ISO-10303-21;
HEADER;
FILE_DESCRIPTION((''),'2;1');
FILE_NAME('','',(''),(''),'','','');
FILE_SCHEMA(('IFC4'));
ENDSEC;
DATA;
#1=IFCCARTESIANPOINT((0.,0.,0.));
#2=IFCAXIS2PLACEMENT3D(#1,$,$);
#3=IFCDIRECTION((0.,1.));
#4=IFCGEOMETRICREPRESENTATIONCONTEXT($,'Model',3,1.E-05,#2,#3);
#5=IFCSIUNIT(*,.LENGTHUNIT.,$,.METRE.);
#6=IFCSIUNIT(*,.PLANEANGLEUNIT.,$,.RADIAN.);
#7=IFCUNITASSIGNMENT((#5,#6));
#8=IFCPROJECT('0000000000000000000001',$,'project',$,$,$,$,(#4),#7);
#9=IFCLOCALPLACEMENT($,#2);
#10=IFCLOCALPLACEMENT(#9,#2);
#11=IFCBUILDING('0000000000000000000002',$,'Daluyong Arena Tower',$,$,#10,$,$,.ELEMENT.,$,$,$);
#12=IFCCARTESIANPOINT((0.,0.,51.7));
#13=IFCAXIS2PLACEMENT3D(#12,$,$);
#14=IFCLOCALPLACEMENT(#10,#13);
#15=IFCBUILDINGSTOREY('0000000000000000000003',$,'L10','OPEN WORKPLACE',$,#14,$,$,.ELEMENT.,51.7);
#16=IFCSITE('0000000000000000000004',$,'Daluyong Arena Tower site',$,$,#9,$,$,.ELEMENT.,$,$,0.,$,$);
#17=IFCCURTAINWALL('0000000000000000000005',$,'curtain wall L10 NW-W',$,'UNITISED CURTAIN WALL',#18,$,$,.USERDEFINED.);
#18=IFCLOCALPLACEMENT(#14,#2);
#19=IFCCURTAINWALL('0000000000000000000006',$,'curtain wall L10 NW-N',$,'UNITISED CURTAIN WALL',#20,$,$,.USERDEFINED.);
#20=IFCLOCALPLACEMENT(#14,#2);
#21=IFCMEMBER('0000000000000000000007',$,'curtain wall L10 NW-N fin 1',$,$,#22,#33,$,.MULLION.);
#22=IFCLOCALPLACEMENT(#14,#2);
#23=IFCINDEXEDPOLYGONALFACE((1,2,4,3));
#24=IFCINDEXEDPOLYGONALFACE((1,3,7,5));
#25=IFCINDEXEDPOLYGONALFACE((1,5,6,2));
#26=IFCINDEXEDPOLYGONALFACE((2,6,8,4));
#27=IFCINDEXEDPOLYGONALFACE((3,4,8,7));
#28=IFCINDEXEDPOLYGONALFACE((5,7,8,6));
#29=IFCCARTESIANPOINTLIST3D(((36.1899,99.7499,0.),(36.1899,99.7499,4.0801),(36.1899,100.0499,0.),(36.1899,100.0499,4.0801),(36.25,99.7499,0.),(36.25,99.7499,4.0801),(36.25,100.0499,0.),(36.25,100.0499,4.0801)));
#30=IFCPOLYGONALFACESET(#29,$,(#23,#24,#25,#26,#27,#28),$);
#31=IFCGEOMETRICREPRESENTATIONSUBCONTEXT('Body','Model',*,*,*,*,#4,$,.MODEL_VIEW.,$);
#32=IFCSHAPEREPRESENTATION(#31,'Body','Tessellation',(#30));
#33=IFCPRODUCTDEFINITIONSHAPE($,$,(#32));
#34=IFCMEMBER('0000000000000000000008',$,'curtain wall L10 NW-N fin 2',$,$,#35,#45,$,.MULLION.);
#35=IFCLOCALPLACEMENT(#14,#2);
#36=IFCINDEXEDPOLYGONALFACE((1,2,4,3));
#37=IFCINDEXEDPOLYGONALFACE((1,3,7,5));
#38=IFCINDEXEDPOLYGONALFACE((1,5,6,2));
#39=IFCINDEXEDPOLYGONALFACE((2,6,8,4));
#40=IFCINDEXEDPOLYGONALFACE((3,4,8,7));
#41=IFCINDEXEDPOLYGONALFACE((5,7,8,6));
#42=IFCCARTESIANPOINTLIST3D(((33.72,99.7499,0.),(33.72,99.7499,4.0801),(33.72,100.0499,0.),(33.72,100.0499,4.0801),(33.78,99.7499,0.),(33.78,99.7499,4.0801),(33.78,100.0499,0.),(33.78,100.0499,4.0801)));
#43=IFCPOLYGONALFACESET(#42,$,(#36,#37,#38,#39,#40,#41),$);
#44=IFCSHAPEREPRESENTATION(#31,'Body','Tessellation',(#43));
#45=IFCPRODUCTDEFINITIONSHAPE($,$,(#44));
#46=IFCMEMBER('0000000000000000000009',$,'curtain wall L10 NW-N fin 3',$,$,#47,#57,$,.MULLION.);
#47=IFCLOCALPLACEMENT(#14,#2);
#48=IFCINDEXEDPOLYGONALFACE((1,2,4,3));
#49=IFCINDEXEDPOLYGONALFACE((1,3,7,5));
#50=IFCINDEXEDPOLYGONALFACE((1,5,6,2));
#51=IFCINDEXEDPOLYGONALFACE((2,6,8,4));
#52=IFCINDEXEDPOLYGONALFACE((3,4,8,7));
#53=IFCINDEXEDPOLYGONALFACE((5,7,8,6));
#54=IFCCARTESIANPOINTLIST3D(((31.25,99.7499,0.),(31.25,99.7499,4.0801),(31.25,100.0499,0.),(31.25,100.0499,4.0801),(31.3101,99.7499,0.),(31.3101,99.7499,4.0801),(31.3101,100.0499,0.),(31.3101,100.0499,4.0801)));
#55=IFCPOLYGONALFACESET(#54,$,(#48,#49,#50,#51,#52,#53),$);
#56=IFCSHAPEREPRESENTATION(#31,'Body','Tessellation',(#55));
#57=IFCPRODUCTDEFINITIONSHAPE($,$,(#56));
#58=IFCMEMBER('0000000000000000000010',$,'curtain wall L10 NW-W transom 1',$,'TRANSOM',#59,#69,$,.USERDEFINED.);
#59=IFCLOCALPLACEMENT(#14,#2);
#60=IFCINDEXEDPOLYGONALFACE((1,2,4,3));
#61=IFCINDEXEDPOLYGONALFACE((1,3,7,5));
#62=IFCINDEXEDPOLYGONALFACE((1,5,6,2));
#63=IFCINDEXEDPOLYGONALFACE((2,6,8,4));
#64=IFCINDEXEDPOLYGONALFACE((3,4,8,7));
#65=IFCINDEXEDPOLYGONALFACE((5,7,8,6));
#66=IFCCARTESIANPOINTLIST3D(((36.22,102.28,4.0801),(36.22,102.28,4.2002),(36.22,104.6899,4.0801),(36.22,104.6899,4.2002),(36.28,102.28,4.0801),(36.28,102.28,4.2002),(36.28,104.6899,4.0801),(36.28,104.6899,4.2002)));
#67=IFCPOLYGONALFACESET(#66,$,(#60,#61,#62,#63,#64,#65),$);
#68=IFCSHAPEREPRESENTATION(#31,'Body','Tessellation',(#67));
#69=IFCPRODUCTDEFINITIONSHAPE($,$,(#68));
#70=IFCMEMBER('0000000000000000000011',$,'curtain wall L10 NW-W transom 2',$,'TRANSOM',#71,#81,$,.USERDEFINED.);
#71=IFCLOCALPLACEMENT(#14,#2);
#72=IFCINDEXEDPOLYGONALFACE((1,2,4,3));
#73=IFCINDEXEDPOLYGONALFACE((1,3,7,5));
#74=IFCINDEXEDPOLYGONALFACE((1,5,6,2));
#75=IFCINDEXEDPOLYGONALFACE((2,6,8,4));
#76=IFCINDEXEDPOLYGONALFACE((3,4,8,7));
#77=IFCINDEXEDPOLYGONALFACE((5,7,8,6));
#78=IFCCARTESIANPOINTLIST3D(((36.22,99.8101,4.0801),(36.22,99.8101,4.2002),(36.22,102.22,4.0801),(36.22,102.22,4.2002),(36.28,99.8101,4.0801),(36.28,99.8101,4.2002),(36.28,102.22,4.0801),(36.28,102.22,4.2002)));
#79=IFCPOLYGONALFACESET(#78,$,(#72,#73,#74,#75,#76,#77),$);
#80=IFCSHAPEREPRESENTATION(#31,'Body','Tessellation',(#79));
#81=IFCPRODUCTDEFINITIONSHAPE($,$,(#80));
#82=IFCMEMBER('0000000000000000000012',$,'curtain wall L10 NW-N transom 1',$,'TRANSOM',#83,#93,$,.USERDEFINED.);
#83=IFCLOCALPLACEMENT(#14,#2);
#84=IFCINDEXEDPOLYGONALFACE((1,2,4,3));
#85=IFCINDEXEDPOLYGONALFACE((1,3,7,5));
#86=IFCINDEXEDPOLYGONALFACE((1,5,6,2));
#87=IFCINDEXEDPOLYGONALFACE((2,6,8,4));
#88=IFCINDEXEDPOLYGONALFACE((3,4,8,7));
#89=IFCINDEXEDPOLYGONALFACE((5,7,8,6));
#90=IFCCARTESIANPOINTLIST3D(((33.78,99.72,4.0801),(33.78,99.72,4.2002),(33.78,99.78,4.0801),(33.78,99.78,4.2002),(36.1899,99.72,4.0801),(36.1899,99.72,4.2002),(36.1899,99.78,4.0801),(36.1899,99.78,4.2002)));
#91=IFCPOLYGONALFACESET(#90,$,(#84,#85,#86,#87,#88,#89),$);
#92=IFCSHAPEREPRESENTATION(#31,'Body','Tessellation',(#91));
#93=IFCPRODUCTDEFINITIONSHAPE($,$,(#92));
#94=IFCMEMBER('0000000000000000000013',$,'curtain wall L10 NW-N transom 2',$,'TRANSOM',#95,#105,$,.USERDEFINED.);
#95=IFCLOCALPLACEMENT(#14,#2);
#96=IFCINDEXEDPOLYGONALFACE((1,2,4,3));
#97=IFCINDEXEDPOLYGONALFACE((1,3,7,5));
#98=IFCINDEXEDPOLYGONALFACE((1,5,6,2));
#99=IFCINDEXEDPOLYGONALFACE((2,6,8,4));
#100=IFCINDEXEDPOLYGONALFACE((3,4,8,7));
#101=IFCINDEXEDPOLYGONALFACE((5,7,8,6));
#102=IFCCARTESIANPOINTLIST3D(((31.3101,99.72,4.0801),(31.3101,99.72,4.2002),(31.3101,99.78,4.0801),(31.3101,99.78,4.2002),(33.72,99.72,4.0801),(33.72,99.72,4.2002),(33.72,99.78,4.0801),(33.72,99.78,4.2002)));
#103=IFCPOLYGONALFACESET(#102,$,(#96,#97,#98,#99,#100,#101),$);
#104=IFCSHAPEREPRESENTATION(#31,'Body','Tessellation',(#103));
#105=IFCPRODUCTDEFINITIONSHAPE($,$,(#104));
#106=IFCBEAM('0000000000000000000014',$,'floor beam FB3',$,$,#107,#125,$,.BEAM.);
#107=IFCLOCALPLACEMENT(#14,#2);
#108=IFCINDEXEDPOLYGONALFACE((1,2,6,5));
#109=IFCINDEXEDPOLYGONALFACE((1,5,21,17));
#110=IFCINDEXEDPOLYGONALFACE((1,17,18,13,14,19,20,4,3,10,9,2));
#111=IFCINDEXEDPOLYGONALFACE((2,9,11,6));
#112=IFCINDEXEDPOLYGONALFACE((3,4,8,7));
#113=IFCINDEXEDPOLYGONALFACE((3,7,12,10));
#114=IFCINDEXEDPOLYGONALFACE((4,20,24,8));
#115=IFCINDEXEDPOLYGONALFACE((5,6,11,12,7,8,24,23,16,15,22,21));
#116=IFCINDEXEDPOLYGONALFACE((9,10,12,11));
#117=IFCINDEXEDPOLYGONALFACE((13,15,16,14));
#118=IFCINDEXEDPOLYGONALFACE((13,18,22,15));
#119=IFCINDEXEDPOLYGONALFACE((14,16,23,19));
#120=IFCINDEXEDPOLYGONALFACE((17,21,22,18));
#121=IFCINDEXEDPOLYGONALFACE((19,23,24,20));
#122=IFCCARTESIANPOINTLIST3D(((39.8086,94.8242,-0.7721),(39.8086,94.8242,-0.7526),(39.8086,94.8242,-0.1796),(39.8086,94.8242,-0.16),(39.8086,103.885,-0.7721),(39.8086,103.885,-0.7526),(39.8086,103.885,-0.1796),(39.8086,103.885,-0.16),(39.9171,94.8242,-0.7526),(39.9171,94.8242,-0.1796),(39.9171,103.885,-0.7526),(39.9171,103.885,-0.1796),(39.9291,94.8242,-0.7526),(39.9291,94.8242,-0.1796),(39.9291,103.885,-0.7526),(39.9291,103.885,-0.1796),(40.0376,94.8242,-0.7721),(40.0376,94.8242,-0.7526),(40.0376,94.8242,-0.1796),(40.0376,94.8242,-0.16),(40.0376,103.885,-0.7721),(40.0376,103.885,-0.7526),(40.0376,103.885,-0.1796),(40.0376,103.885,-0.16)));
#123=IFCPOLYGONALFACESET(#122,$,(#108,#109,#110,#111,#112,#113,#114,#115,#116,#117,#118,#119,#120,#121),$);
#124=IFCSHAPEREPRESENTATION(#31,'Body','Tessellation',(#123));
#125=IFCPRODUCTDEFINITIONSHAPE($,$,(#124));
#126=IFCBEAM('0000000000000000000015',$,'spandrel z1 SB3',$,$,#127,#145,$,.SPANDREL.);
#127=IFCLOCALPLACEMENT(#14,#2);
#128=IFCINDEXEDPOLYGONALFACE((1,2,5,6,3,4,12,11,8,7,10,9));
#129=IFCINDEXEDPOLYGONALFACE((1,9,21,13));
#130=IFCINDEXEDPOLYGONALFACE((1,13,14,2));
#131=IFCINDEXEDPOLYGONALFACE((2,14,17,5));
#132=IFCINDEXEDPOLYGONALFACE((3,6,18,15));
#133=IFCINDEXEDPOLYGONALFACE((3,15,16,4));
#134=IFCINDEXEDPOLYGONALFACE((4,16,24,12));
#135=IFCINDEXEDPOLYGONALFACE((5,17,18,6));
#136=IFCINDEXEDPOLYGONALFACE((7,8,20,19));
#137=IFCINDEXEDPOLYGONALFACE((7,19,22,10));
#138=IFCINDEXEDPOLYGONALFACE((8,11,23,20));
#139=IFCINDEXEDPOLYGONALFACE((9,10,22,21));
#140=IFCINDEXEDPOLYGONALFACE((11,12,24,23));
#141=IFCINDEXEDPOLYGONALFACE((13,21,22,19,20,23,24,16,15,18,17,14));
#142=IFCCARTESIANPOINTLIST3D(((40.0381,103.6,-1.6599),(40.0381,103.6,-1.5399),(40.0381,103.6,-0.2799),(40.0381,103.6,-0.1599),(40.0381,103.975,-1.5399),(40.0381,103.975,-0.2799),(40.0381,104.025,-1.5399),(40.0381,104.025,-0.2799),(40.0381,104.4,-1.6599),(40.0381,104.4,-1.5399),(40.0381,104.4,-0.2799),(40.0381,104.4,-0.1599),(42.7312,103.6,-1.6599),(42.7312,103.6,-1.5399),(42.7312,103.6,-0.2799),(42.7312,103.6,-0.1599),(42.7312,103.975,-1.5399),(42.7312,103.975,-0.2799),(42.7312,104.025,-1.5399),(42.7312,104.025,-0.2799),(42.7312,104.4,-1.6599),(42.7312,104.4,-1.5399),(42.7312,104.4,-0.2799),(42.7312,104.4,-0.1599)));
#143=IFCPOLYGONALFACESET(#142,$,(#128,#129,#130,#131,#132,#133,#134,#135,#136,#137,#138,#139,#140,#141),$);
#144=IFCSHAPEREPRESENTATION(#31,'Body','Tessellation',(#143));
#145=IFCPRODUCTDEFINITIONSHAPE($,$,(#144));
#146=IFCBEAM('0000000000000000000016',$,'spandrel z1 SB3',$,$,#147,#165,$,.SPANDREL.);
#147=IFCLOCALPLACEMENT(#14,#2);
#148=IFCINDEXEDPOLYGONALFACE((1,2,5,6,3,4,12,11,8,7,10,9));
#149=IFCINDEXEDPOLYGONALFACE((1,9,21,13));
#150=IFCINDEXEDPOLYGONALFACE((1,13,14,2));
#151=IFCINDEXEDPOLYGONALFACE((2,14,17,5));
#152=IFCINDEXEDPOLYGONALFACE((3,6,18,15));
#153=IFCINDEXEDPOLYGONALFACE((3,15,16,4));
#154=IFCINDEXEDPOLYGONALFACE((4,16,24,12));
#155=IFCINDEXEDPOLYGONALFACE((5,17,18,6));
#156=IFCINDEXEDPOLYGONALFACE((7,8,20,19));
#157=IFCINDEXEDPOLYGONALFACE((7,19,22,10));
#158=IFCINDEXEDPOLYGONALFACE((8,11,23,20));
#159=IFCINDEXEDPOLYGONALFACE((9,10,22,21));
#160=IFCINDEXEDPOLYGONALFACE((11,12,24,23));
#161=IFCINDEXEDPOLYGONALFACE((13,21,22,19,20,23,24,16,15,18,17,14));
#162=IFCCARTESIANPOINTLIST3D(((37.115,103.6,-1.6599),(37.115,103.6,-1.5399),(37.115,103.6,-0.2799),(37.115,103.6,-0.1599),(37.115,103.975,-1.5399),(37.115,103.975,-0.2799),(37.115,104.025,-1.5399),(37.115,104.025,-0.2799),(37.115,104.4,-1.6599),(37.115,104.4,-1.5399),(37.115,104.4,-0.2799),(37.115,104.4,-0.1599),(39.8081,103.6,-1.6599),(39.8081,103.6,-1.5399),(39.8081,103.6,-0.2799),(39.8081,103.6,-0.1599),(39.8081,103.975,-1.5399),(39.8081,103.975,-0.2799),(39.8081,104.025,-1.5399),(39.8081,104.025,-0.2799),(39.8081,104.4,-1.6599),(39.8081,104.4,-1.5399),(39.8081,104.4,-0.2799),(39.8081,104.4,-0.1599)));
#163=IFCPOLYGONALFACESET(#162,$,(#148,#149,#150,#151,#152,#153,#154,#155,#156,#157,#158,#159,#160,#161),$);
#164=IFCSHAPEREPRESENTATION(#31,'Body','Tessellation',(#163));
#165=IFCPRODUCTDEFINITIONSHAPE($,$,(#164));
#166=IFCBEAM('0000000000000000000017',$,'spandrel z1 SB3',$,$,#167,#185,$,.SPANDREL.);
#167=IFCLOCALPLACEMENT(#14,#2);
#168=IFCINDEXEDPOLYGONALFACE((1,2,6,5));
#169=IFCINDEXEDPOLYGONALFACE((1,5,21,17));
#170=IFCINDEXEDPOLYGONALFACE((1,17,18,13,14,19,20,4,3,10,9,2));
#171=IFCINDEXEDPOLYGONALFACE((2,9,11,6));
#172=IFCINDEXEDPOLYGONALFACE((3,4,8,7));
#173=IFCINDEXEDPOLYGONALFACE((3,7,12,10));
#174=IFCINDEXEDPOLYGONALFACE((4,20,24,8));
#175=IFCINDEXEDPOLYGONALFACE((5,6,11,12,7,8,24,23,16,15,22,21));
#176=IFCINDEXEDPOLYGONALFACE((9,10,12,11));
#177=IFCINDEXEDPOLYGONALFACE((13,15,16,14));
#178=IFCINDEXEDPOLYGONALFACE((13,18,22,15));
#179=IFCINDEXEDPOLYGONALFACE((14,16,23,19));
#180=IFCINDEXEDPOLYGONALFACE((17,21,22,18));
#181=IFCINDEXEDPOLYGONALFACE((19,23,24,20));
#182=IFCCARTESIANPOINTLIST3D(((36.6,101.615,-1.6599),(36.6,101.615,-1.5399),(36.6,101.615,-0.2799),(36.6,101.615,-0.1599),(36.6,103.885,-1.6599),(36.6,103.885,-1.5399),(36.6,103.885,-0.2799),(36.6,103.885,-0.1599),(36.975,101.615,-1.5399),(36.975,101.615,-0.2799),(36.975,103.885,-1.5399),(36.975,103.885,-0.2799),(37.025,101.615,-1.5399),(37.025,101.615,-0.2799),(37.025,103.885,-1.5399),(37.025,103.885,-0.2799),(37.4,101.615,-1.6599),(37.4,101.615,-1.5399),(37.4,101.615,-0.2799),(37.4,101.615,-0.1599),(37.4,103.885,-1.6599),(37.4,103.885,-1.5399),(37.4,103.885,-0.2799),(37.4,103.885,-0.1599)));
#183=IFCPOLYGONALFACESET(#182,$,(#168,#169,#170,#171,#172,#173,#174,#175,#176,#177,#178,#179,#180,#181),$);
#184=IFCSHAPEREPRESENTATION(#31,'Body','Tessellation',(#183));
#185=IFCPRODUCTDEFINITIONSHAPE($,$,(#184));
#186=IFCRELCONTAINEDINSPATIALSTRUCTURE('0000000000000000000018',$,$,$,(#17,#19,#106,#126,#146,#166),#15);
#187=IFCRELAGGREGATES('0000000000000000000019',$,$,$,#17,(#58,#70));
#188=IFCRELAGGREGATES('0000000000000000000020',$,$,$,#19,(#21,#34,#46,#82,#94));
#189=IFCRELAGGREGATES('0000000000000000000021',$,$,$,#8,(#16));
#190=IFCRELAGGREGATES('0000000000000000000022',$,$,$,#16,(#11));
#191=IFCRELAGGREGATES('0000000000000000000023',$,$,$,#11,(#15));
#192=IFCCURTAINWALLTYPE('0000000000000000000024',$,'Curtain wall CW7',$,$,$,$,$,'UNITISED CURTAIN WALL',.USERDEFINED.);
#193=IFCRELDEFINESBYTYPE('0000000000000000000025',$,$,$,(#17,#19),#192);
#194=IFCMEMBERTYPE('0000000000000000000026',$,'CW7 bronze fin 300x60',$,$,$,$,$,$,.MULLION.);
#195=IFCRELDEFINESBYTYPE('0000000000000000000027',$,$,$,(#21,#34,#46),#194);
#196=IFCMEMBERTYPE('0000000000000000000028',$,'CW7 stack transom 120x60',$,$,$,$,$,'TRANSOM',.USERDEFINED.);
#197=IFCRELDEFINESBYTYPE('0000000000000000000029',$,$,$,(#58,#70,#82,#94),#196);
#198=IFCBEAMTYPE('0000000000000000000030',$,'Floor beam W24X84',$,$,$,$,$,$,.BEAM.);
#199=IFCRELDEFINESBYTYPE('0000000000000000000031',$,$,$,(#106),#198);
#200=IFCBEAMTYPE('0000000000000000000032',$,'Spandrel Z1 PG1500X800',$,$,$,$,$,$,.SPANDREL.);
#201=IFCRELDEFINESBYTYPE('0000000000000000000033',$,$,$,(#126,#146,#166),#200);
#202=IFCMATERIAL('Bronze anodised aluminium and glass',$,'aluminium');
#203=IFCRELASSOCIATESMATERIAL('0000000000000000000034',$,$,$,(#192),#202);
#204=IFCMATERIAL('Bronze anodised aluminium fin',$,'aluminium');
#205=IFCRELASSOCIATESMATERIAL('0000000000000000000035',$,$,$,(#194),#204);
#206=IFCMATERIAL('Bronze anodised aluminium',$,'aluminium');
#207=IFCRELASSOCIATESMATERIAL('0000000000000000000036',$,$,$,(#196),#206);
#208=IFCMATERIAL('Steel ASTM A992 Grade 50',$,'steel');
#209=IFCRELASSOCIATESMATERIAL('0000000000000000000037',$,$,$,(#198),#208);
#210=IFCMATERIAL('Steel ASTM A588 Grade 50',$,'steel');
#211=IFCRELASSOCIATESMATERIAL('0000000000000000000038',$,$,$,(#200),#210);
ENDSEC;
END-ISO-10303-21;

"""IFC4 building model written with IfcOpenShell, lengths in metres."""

from ifc_helpers import new_model, si_unit, direction, frame, origin, origin_2d, place, context, subcontext, project, spatial, rectangle, i_section, extrude, material, material_profile, profile_set, type_object, element, aggregate, save


model = new_model("IFC4")

# Units and contexts
model_context = context("Model", 3, precision=1e-05, world=origin(), true_north=direction((0.0, 1.0)))
body_context = subcontext(model_context, "Body", "Model", "MODEL_VIEW")
ifc_project = project(units=[si_unit("LENGTHUNIT", "METRE"), si_unit("PLANEANGLEUNIT", "RADIAN")], contexts=[model_context])

# Site, building, storey
site_placement = place(None, origin())
site = spatial("IfcSite", under=ifc_project, at=site_placement, Name="Daluyong Arena Tower site", CompositionType="ELEMENT", RefElevation=0.0)
building_placement = place(site_placement, origin())
building = spatial("IfcBuilding", under=site, at=building_placement, Name="Daluyong Arena Tower", CompositionType="ELEMENT")
storey_placement = place(building_placement, frame((0.0, 0.0, 51.7)))
storey = spatial("IfcBuildingStorey", under=building, at=storey_placement, Name="L10", Description="OPEN WORKPLACE", CompositionType="ELEMENT", Elevation=51.7)

# Curtain walls, members
ifc_material_1 = material(Name="Bronze anodised aluminium and glass", Category="aluminium")
curtain_wall_type_1 = type_object("IfcCurtainWallType", Name="Curtain wall CW7", ElementType="UNITISED CURTAIN WALL", PredefinedType="USERDEFINED", material=ifc_material_1)
curtain_wall_1_placement = place(storey_placement, origin())
curtain_wall_1 = element("IfcCurtainWall", 1, at=curtain_wall_1_placement, inside=storey, type_object=curtain_wall_type_1, Name="curtain wall L10 NW-W", ObjectType="UNITISED CURTAIN WALL", PredefinedType="USERDEFINED")
ifc_material_2 = material(Name="Bronze anodised aluminium fin", Category="aluminium")
ifc_material_profile_1 = material_profile(ifc_material_2, rectangle(XDim=0.3, YDim=0.0601, at=origin_2d()))
ifc_profile_set_1 = profile_set([ifc_material_profile_1], Name="Bronze anodised aluminium fin")
member_type_1 = type_object("IfcMemberType", Name="CW7 bronze fin 300x60", PredefinedType="MULLION", material=ifc_profile_set_1)
curtain_wall_2_placement = place(storey_placement, origin())
curtain_wall_2 = element("IfcCurtainWall", 2, at=curtain_wall_2_placement, inside=storey, type_object=curtain_wall_type_1, Name="curtain wall L10 NW-N", ObjectType="UNITISED CURTAIN WALL", PredefinedType="USERDEFINED")
member_1_placement = place(storey_placement, frame((36.22, 99.8999, 0.0), z_axis=(0.0, 0.0, 1.0), x_axis=(0.0, -1.0, 0.0)))
member_1 = element("IfcMember", 3, at=member_1_placement, type_object=member_type_1, Name="curtain wall L10 NW-N fin 1", PredefinedType="MULLION", context=body_context, shape_type="SweptSolid", body=[
    extrude(rectangle(XDim=0.3, YDim=0.0601, at=origin_2d()), origin(), (0.0, 0.0, 1.0), 4.0801),
])
member_2_placement = place(storey_placement, frame((33.75, 99.8999, 0.0), z_axis=(0.0, 0.0, 1.0), x_axis=(0.0, -1.0, 0.0)))
member_2 = element("IfcMember", 4, at=member_2_placement, type_object=member_type_1, Name="curtain wall L10 NW-N fin 2", PredefinedType="MULLION", context=body_context, shape_type="SweptSolid", body=[
    extrude(rectangle(XDim=0.3, YDim=0.0601, at=origin_2d()), origin(), (0.0, 0.0, 1.0), 4.0801),
])
member_3_placement = place(storey_placement, frame((31.28, 99.8999, 0.0), z_axis=(0.0, 0.0, 1.0), x_axis=(0.0, -1.0, 0.0)))
member_3 = element("IfcMember", 5, at=member_3_placement, type_object=member_type_1, Name="curtain wall L10 NW-N fin 3", PredefinedType="MULLION", context=body_context, shape_type="SweptSolid", body=[
    extrude(rectangle(XDim=0.3, YDim=0.0601, at=origin_2d()), origin(), (0.0, 0.0, 1.0), 4.0801),
])

# Members
ifc_material_3 = material(Name="Bronze anodised aluminium", Category="aluminium")
ifc_material_profile_2 = material_profile(ifc_material_3, rectangle(XDim=0.0601, YDim=0.1201, at=origin_2d()))
ifc_profile_set_2 = profile_set([ifc_material_profile_2], Name="Bronze anodised aluminium")
member_type_2 = type_object("IfcMemberType", Name="CW7 stack transom 120x60", ElementType="TRANSOM", PredefinedType="USERDEFINED", material=ifc_profile_set_2)
member_4_placement = place(storey_placement, frame((36.25, 104.6899, 4.1401), z_axis=(0.0, -1.0, 0.0), x_axis=(1.0, 0.0, 0.0)))
member_4 = element("IfcMember", 6, at=member_4_placement, type_object=member_type_2, Name="curtain wall L10 NW-W transom 1", ObjectType="TRANSOM", PredefinedType="USERDEFINED", context=body_context, shape_type="SweptSolid", body=[
    extrude(rectangle(XDim=0.0601, YDim=0.1201, at=origin_2d()), origin(), (0.0, 0.0, 1.0), 2.4099),
])
member_5_placement = place(storey_placement, frame((36.25, 102.22, 4.1401), z_axis=(0.0, -1.0, 0.0), x_axis=(1.0, 0.0, 0.0)))
member_5 = element("IfcMember", 7, at=member_5_placement, type_object=member_type_2, Name="curtain wall L10 NW-W transom 2", ObjectType="TRANSOM", PredefinedType="USERDEFINED", context=body_context, shape_type="SweptSolid", body=[
    extrude(rectangle(XDim=0.0601, YDim=0.1201, at=origin_2d()), origin(), (0.0, 0.0, 1.0), 2.4099),
])
member_6_placement = place(storey_placement, frame((36.1899, 99.75, 4.1401), z_axis=(-1.0, 0.0, 0.0), x_axis=(0.0, -1.0, 0.0)))
member_6 = element("IfcMember", 8, at=member_6_placement, type_object=member_type_2, Name="curtain wall L10 NW-N transom 1", ObjectType="TRANSOM", PredefinedType="USERDEFINED", context=body_context, shape_type="SweptSolid", body=[
    extrude(rectangle(XDim=0.0601, YDim=0.1201, at=origin_2d()), origin(), (0.0, 0.0, 1.0), 2.4099),
])
member_7_placement = place(storey_placement, frame((33.72, 99.75, 4.1401), z_axis=(-1.0, 0.0, 0.0), x_axis=(0.0, -1.0, 0.0)))
member_7 = element("IfcMember", 9, at=member_7_placement, type_object=member_type_2, Name="curtain wall L10 NW-N transom 2", ObjectType="TRANSOM", PredefinedType="USERDEFINED", context=body_context, shape_type="SweptSolid", body=[
    extrude(rectangle(XDim=0.0601, YDim=0.1201, at=origin_2d()), origin(), (0.0, 0.0, 1.0), 2.4099),
])

# Beams
ifc_material_4 = material(Name="Steel ASTM A992 Grade 50", Category="steel")
ifc_material_profile_3 = material_profile(ifc_material_4, i_section(OverallWidth=0.229, OverallDepth=0.6121, WebThickness=0.012, FlangeThickness=0.0195, at=origin_2d()))
ifc_profile_set_3 = profile_set([ifc_material_profile_3], Name="Steel ASTM A992 Grade 50")
beam_type_1 = type_object("IfcBeamType", Name="Floor beam W24X84", PredefinedType="BEAM", material=ifc_profile_set_3)
beam_placement = place(storey_placement, frame((39.9231, 103.885, -0.4661), z_axis=(0.0, -1.0, 0.0), x_axis=(1.0, 0.0, 0.0)))
element("IfcBeam", 10, at=beam_placement, inside=storey, type_object=beam_type_1, Name="floor beam FB3", PredefinedType="BEAM", context=body_context, shape_type="SweptSolid", body=[
    extrude(i_section(OverallWidth=0.229, OverallDepth=0.6121, WebThickness=0.012, FlangeThickness=0.0195, at=origin_2d()), origin(), (0.0, 0.0, 1.0), 9.0608),
])
ifc_material_5 = material(Name="Steel ASTM A588 Grade 50", Category="steel")
ifc_material_profile_4 = material_profile(ifc_material_5, i_section(OverallWidth=0.8, OverallDepth=1.5, WebThickness=0.05, FlangeThickness=0.12, at=origin_2d()))
ifc_profile_set_4 = profile_set([ifc_material_profile_4], Name="Steel ASTM A588 Grade 50")
beam_type_2 = type_object("IfcBeamType", Name="Spandrel Z1 PG1500X800", PredefinedType="SPANDREL", material=ifc_profile_set_4)
for number, where, z_axis, x_axis, name in (
    (11, (42.7312, 104.0, -0.9099), (-1.0, 0.0, 0.0), (0.0, -1.0, 0.0), "spandrel z1 SB3"),
    (12, (39.8081, 104.0, -0.9099), (-1.0, 0.0, 0.0), (0.0, -1.0, 0.0), "spandrel z1 SB3"),
):
    element("IfcBeam", number, at=place(storey_placement, frame(where, z_axis=z_axis, x_axis=x_axis)), inside=storey, type_object=beam_type_2, Name=name, PredefinedType="SPANDREL", context=body_context, shape_type="SweptSolid", body=[
        extrude(i_section(OverallWidth=0.8, OverallDepth=1.5, WebThickness=0.05, FlangeThickness=0.12, at=origin_2d()), origin(), (0.0, 0.0, 1.0), 2.6931),
    ])
for number, where, z_axis, x_axis, name in (
    (13, (37.0, 103.885, -0.9099), (0.0, -1.0, 0.0), (1.0, 0.0, 0.0), "spandrel z1 SB3"),
):
    element("IfcBeam", number, at=place(storey_placement, frame(where, z_axis=z_axis, x_axis=x_axis)), inside=storey, type_object=beam_type_2, Name=name, PredefinedType="SPANDREL", context=body_context, shape_type="SweptSolid", body=[
        extrude(i_section(OverallWidth=0.8, OverallDepth=1.5, WebThickness=0.05, FlangeThickness=0.12, at=origin_2d()), origin(), (0.0, 0.0, 1.0), 2.27),
    ])

aggregate(curtain_wall_1, [member_4, member_5])
aggregate(curtain_wall_2, [member_1, member_2, member_3, member_6, member_7])

save(model, "model.ifc")
